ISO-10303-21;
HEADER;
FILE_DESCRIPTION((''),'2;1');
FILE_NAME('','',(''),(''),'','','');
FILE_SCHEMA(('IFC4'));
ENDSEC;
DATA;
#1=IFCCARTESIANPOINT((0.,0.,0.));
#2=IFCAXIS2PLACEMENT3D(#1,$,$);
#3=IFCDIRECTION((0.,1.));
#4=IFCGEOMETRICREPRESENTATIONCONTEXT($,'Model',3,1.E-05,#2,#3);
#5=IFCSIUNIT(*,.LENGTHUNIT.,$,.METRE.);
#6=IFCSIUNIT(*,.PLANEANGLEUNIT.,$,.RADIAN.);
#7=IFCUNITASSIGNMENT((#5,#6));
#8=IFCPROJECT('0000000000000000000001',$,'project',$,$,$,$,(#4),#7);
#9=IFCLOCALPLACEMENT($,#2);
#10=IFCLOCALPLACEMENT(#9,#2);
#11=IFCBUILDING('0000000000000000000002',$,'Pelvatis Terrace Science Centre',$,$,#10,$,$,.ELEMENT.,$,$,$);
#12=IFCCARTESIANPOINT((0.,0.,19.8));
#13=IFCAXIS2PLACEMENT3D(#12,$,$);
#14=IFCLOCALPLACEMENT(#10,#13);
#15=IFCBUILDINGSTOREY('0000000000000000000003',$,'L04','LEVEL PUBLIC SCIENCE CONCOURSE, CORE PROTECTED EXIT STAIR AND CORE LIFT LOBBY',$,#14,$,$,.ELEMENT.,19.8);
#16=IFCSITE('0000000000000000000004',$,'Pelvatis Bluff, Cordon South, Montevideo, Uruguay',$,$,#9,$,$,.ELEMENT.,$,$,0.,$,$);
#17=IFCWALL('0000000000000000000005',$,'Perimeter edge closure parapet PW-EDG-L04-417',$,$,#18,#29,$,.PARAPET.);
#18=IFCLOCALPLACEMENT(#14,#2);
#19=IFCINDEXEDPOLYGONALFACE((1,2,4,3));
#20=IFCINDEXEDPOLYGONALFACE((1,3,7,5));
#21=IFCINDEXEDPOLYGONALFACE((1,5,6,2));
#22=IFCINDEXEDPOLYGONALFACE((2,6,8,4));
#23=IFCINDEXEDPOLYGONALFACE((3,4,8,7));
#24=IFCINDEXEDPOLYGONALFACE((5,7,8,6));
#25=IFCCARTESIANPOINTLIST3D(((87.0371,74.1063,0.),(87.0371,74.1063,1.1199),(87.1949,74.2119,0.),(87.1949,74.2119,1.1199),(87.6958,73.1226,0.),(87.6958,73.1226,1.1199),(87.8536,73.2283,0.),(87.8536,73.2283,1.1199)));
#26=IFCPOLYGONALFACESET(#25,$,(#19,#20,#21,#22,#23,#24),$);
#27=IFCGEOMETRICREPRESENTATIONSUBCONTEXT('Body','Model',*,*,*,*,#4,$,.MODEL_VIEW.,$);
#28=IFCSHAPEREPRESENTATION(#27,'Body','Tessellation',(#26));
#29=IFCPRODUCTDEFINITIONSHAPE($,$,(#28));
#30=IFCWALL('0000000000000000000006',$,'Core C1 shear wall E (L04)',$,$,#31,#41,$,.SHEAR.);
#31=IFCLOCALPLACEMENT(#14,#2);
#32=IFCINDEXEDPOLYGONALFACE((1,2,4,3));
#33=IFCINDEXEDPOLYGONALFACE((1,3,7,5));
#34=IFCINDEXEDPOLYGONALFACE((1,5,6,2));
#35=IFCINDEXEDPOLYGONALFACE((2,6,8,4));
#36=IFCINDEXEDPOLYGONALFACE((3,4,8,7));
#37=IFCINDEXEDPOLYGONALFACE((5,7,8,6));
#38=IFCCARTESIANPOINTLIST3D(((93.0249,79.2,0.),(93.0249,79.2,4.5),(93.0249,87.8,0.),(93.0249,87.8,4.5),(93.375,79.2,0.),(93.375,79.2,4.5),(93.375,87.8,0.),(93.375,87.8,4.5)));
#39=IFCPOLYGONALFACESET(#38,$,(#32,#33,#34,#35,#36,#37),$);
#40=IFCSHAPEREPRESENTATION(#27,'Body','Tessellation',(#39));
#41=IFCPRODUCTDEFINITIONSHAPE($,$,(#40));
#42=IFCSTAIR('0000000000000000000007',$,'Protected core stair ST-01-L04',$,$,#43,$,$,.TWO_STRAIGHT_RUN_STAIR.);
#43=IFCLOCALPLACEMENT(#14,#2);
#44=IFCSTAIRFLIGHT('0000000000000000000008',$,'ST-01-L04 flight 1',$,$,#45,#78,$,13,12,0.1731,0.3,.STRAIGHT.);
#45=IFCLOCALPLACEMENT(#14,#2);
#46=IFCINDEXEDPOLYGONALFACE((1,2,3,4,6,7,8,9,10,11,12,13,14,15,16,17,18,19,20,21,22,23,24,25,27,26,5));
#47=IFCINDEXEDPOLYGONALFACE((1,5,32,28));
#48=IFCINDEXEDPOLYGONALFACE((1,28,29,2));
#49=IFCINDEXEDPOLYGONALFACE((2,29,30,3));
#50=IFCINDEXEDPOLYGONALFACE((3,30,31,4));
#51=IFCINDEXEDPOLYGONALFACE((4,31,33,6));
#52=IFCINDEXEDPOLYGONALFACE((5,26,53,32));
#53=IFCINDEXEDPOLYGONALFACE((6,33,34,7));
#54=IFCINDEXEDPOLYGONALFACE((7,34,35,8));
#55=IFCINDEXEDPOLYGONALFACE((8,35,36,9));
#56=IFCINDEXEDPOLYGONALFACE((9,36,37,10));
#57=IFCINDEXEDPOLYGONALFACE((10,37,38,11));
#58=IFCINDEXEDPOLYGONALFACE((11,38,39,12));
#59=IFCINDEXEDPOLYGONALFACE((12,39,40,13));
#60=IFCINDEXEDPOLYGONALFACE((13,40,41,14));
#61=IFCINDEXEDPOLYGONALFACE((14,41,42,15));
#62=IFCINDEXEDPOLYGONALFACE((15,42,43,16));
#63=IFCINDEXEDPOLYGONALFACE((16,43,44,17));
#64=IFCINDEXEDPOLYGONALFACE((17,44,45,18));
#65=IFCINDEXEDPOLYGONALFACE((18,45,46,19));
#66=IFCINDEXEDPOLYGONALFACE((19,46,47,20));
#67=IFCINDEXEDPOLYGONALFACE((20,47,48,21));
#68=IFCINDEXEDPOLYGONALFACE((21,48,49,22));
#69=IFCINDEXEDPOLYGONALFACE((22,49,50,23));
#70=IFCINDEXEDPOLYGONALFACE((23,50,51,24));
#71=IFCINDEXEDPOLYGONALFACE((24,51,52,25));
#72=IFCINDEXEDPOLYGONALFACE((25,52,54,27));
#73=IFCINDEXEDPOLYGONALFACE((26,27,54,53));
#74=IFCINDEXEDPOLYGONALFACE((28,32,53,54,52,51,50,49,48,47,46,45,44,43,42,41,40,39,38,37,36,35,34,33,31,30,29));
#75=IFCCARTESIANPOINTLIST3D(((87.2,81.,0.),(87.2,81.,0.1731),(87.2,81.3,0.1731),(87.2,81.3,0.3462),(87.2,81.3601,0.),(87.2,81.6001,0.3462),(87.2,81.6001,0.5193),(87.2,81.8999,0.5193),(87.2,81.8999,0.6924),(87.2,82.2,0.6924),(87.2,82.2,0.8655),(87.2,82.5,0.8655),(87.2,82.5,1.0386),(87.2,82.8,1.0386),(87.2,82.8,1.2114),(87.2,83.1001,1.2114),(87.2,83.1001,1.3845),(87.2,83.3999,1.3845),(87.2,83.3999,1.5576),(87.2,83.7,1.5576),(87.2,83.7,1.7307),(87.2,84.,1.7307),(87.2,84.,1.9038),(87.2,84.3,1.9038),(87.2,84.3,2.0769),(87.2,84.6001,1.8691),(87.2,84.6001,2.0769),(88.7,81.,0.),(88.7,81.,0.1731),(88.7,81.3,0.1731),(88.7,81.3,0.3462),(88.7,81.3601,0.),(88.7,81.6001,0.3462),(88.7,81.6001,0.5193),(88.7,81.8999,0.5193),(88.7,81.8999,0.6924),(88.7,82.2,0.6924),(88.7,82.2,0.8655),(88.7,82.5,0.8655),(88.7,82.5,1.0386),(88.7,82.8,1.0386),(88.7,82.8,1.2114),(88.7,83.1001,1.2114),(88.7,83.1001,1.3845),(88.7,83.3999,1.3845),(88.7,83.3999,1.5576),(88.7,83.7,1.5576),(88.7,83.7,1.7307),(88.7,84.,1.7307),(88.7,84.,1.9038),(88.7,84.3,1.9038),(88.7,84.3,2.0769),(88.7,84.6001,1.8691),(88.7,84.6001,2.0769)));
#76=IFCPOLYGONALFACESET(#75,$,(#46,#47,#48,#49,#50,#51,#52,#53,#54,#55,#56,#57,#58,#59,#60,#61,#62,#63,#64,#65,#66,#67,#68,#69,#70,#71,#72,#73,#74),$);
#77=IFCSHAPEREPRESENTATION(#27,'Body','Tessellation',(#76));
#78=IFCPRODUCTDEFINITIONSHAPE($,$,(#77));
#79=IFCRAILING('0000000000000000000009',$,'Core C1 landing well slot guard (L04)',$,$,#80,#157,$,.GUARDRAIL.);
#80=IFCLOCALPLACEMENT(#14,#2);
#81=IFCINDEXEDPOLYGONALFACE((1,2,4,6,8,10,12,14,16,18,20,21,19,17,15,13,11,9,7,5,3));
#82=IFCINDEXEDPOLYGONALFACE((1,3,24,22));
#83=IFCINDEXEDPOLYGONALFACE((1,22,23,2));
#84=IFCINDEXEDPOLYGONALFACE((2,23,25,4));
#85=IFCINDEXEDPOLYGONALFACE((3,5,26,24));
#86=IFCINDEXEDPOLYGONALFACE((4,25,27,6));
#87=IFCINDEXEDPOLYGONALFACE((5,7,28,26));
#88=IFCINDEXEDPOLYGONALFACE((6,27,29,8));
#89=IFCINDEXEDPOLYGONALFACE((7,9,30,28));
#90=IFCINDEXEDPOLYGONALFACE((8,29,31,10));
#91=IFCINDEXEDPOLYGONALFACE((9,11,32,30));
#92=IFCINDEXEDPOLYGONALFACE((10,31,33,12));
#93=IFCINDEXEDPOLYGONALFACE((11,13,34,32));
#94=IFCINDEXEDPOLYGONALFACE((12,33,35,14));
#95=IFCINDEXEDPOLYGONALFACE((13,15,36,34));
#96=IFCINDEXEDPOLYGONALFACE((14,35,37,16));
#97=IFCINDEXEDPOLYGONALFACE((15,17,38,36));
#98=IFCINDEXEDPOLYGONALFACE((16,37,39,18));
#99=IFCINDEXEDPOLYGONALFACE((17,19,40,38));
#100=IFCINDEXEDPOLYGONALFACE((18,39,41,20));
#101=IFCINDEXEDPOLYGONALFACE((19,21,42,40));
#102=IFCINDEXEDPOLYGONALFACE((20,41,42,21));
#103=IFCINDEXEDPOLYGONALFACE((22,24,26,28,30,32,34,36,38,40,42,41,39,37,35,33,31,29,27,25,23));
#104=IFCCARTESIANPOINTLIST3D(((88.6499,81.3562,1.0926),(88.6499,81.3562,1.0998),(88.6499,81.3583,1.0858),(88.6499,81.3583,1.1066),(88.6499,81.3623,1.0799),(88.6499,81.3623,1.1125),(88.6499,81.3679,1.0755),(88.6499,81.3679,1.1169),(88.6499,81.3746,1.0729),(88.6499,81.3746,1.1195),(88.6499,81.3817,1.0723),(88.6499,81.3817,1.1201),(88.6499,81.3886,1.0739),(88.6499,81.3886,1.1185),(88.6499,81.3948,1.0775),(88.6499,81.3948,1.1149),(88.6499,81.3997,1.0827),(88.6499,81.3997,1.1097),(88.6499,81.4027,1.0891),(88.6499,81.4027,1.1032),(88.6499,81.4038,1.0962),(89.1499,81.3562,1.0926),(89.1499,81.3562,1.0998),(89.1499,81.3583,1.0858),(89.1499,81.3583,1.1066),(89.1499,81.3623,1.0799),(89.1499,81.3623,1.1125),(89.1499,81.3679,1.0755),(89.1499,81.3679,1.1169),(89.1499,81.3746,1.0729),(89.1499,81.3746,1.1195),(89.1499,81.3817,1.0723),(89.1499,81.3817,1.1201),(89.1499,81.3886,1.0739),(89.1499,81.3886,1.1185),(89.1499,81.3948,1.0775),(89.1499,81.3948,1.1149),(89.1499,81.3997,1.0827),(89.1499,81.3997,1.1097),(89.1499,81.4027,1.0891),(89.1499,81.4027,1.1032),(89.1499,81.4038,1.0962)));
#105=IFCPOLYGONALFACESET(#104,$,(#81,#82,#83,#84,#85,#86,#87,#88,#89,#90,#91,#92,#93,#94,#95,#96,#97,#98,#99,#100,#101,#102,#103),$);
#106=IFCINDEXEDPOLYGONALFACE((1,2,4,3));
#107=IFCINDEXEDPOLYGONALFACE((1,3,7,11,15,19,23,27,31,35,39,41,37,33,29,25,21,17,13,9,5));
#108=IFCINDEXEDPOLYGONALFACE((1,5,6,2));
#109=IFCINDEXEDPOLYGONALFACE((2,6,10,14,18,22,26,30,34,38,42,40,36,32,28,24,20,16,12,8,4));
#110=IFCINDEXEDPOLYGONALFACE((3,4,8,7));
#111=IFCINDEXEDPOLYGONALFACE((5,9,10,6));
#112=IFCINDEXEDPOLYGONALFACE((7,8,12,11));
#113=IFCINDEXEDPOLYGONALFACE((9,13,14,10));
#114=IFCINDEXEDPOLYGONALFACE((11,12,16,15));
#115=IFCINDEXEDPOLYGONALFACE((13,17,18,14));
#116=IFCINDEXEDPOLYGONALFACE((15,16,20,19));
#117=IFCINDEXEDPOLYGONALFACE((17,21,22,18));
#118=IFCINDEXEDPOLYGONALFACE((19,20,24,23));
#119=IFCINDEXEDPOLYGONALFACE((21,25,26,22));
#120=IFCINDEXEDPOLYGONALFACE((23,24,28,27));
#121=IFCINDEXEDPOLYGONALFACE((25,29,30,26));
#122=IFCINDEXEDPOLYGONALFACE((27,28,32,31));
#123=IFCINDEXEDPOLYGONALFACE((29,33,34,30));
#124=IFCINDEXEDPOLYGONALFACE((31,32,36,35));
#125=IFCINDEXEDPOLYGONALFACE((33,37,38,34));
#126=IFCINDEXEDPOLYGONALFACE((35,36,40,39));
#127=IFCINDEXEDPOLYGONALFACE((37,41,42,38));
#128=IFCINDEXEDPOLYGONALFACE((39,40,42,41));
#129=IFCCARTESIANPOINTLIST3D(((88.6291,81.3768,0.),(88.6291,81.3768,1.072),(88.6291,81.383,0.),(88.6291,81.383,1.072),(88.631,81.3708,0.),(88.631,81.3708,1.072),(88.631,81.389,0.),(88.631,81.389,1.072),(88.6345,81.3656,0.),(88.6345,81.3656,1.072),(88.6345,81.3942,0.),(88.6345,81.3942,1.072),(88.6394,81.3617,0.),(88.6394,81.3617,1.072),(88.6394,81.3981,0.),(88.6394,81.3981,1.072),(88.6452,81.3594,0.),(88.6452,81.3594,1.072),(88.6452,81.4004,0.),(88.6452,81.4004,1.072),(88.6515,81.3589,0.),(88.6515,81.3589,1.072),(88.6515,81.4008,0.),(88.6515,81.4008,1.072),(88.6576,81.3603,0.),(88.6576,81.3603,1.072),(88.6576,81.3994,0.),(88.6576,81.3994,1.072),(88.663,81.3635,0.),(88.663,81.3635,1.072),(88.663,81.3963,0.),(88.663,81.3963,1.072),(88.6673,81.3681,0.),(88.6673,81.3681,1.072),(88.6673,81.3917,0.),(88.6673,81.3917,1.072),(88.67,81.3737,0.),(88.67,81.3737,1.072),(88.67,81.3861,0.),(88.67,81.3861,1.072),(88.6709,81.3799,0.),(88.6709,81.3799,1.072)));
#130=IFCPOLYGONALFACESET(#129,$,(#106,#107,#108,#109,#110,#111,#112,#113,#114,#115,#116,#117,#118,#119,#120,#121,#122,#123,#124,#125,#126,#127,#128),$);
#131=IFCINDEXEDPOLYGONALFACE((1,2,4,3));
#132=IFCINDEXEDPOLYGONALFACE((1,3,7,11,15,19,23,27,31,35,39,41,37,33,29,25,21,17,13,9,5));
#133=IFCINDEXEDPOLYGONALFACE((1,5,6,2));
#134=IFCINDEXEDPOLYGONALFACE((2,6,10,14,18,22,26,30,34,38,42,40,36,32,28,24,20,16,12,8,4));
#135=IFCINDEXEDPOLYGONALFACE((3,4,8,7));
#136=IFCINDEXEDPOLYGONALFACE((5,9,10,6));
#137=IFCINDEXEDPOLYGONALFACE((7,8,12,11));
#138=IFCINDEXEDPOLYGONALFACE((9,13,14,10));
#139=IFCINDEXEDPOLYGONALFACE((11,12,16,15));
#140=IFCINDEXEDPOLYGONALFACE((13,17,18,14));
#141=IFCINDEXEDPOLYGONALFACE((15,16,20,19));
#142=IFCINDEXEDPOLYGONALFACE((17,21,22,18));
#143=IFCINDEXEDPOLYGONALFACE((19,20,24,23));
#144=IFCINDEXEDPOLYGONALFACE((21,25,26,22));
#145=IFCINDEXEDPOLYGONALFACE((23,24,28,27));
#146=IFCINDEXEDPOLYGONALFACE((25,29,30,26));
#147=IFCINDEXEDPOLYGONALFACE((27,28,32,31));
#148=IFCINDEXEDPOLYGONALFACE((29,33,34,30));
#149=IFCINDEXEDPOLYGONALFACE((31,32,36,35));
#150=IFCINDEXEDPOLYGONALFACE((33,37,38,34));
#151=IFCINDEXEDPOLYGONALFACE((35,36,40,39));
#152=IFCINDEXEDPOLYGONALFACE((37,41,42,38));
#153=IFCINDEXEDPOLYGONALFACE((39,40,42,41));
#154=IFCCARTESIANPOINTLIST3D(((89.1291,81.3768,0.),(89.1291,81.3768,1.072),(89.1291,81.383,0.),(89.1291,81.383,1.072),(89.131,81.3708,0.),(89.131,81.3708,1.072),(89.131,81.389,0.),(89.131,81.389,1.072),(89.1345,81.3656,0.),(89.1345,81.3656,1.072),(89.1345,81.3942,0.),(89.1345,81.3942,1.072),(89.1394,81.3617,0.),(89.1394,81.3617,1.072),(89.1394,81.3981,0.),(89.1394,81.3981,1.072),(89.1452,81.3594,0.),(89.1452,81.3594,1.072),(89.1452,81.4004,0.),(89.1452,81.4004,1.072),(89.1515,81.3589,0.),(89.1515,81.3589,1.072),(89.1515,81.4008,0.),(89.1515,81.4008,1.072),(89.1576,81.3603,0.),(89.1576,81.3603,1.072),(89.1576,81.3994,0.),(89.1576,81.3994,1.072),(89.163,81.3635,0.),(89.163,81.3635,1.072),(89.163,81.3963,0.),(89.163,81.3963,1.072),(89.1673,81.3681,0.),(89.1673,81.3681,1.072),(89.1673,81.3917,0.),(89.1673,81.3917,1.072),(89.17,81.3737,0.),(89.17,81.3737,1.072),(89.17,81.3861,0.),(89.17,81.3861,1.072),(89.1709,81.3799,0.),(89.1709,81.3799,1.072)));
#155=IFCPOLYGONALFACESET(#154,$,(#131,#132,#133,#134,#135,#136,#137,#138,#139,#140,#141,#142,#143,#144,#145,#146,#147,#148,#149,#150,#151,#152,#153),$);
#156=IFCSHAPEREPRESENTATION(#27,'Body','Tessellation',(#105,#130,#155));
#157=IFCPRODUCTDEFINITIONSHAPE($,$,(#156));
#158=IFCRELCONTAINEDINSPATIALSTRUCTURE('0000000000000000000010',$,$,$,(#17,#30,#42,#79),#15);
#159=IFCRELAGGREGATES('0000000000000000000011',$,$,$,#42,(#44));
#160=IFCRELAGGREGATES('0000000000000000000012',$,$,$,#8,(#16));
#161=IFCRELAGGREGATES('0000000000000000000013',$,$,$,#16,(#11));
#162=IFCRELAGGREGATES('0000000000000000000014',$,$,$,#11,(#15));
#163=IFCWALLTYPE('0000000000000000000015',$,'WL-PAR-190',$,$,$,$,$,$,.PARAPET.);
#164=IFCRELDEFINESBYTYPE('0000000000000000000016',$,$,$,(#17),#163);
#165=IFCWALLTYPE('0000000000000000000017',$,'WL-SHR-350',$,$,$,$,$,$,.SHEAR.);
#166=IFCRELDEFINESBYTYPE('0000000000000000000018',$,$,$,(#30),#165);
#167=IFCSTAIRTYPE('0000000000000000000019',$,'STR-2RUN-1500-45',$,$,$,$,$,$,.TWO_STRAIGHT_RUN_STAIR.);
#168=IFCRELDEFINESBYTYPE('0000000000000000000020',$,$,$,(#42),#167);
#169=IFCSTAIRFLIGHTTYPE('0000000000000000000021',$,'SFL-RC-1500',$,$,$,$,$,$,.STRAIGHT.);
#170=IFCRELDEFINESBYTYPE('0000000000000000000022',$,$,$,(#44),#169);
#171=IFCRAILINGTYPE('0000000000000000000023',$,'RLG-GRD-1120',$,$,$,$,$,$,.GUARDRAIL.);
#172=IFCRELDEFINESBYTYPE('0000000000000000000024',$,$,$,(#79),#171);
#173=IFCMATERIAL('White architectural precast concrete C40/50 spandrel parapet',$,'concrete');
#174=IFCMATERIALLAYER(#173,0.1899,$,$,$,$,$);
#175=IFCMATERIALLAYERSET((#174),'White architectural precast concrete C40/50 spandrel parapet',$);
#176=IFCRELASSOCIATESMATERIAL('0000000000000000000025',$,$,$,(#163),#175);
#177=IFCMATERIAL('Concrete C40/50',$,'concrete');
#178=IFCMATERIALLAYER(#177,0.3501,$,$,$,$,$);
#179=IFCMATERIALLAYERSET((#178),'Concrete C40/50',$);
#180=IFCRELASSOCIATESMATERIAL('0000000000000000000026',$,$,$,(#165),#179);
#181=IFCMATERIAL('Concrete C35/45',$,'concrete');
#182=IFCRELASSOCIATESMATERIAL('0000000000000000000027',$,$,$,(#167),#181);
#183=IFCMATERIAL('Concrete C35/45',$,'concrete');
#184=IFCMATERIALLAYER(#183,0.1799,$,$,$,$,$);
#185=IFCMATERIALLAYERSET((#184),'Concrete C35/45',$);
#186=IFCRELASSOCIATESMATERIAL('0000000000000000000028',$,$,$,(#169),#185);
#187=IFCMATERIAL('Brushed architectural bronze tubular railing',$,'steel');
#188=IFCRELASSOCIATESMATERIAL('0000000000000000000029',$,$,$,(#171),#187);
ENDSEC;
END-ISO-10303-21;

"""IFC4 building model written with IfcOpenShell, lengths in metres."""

from ifc_helpers import new_model, si_unit, direction, frame, frame_2d, origin, origin_2d, place, context, subcontext, project, spatial, polyline, rectangle, circle, outline, extrude, material, layer, layer_set, type_object, element, aggregate, save


model = new_model("IFC4")

# Units and contexts
model_context = context("Model", 3, precision=1e-05, world=origin(), true_north=direction((0.0, 1.0)))
body_context = subcontext(model_context, "Body", "Model", "MODEL_VIEW")
ifc_project = project(units=[si_unit("LENGTHUNIT", "METRE"), si_unit("PLANEANGLEUNIT", "RADIAN")], contexts=[model_context])

# Site, building, storey
site_placement = place(None, origin())
site = spatial("IfcSite", under=ifc_project, at=site_placement, Name="Pelvatis Bluff, Cordon South, Montevideo, Uruguay", CompositionType="ELEMENT", RefElevation=0.0)
building_placement = place(site_placement, origin())
building = spatial("IfcBuilding", under=site, at=building_placement, Name="Pelvatis Terrace Science Centre", CompositionType="ELEMENT")
storey_placement = place(building_placement, frame((0.0, 0.0, 19.8)))
storey = spatial("IfcBuildingStorey", under=building, at=storey_placement, Name="L04", Description="LEVEL PUBLIC SCIENCE CONCOURSE, CORE PROTECTED EXIT STAIR AND CORE LIFT LOBBY", CompositionType="ELEMENT", Elevation=19.8)

# Walls
ifc_material_1 = material(Name="White architectural precast concrete C40/50 spandrel parapet", Category="concrete")
ifc_layer_1 = layer(ifc_material_1, 0.1899)
ifc_layer_set_1 = layer_set([ifc_layer_1], Name="White architectural precast concrete C40/50 spandrel parapet")
wall_type_1 = type_object("IfcWallType", Name="WL-PAR-190", PredefinedType="PARAPET", material=ifc_layer_set_1)
wall_1_placement = place(storey_placement, frame((87.7747, 73.1755, 0.0), z_axis=(0.0, 0.0, 1.0), x_axis=(-0.556412, 0.830906, 0.0)))
element("IfcWall", 1, at=wall_1_placement, inside=storey, type_object=wall_type_1, Name="Perimeter edge closure parapet PW-EDG-L04-417", PredefinedType="PARAPET", context=body_context, shape_type="SweptSolid", body=[
    extrude(rectangle(XDim=1.1838, YDim=0.1899, at=frame_2d((0.5918, 0.0))), origin(), (0.0, 0.0, 1.0), 1.1199),
])
ifc_material_2 = material(Name="Concrete C40/50", Category="concrete")
ifc_layer_2 = layer(ifc_material_2, 0.3501)
ifc_layer_set_2 = layer_set([ifc_layer_2], Name="Concrete C40/50")
wall_type_2 = type_object("IfcWallType", Name="WL-SHR-350", PredefinedType="SHEAR", material=ifc_layer_set_2)
wall_2_placement = place(storey_placement, frame((93.2, 79.2, 0.0), z_axis=(0.0, 0.0, 1.0), x_axis=(0.0, 1.0, 0.0)))
element("IfcWall", 2, at=wall_2_placement, inside=storey, type_object=wall_type_2, Name="Core C1 shear wall E (L04)", PredefinedType="SHEAR", context=body_context, shape_type="SweptSolid", body=[
    extrude(rectangle(XDim=8.6001, YDim=0.3501, at=frame_2d((4.3, 0.0))), origin(), (0.0, 0.0, 1.0), 4.5),
])

# Stair, stair flight
ifc_material_3 = material(Name="Concrete C35/45", Category="concrete")
stair_type = type_object("IfcStairType", Name="STR-2RUN-1500-45", PredefinedType="TWO_STRAIGHT_RUN_STAIR", material=ifc_material_3)
stair_placement = place(storey_placement, origin())
stair = element("IfcStair", 3, at=stair_placement, inside=storey, type_object=stair_type, Name="Protected core stair ST-01-L04", PredefinedType="TWO_STRAIGHT_RUN_STAIR")
ifc_material_4 = material(Name="Concrete C35/45", Category="concrete")
ifc_layer_3 = layer(ifc_material_4, 0.1799)
ifc_layer_set_3 = layer_set([ifc_layer_3], Name="Concrete C35/45")
stair_flight_type = type_object("IfcStairFlightType", Name="SFL-RC-1500", PredefinedType="STRAIGHT", material=ifc_layer_set_3)
stair_flight_placement = place(storey_placement, frame((87.95, 81.0, 0.0), z_axis=(0.0, 0.0, 1.0), x_axis=(0.0, 1.0, 0.0)))
stair_flight = element("IfcStairFlight", 4, at=stair_flight_placement, type_object=stair_flight_type, Name="ST-01-L04 flight 1", NumberOfRisers=13, NumberOfTreads=12, PredefinedType="STRAIGHT", RiserHeight=0.1731, TreadLength=0.3, context=body_context, shape_type="SweptSolid", body=[
    extrude(outline(polyline([(0.0, 0.0), (0.0, 0.1731), (0.3, 0.1731), (0.3, 0.3462), (0.6001, 0.3462), (0.6001, 0.5193), (0.8999, 0.5193), (0.8999, 0.6924), (1.2, 0.6924), (1.2, 0.8655), (1.5, 0.8655), (1.5, 1.0386), (1.8, 1.0386), (1.8, 1.2114), (2.1001, 1.2114), (2.1001, 1.3845), (2.3999, 1.3845), (2.3999, 1.5576), (2.7, 1.5576), (2.7, 1.7307), (3.0, 1.7307), (3.0, 1.9038), (3.3, 1.9038), (3.3, 2.0769), (3.6001, 2.0769), (3.6001, 2.25), (3.6001, 1.8691), (0.3601, 0.0), (0.0, 0.0)])), frame((0.0, 0.75, 0.0), z_axis=(0.0, -1.0, 0.0), x_axis=(1.0, 0.0, 0.0)), (0.0, 0.0, 1.0), 1.5),
])
aggregate(stair, [stair_flight])

# Railing
ifc_material_5 = material(Name="Brushed architectural bronze tubular railing", Category="steel")
railing_type = type_object("IfcRailingType", Name="RLG-GRD-1120", PredefinedType="GUARDRAIL", material=ifc_material_5)
railing_1_placement = place(storey_placement, frame((88.6499, 81.3799, 0.0)))
element("IfcRailing", 5, at=railing_1_placement, inside=storey, type_object=railing_type, Name="Core C1 landing well slot guard (L04)", PredefinedType="GUARDRAIL", context=body_context, shape_type="SweptSolid", body=[
    extrude(circle(Radius=0.0239, at=origin_2d()), frame((0.0, 0.0, 1.0962), z_axis=(1.0, 0.0, 0.0), x_axis=(0.0, 1.0, 0.0)), (0.0, 0.0, 1.0), 0.5),
    extrude(circle(Radius=0.021, at=origin_2d()), origin(), (0.0, 0.0, 1.0), 1.072),
    extrude(circle(Radius=0.021, at=origin_2d()), frame((0.5, 0.0, 0.0)), (0.0, 0.0, 1.0), 1.072),
])

save(model, "model.ifc")
